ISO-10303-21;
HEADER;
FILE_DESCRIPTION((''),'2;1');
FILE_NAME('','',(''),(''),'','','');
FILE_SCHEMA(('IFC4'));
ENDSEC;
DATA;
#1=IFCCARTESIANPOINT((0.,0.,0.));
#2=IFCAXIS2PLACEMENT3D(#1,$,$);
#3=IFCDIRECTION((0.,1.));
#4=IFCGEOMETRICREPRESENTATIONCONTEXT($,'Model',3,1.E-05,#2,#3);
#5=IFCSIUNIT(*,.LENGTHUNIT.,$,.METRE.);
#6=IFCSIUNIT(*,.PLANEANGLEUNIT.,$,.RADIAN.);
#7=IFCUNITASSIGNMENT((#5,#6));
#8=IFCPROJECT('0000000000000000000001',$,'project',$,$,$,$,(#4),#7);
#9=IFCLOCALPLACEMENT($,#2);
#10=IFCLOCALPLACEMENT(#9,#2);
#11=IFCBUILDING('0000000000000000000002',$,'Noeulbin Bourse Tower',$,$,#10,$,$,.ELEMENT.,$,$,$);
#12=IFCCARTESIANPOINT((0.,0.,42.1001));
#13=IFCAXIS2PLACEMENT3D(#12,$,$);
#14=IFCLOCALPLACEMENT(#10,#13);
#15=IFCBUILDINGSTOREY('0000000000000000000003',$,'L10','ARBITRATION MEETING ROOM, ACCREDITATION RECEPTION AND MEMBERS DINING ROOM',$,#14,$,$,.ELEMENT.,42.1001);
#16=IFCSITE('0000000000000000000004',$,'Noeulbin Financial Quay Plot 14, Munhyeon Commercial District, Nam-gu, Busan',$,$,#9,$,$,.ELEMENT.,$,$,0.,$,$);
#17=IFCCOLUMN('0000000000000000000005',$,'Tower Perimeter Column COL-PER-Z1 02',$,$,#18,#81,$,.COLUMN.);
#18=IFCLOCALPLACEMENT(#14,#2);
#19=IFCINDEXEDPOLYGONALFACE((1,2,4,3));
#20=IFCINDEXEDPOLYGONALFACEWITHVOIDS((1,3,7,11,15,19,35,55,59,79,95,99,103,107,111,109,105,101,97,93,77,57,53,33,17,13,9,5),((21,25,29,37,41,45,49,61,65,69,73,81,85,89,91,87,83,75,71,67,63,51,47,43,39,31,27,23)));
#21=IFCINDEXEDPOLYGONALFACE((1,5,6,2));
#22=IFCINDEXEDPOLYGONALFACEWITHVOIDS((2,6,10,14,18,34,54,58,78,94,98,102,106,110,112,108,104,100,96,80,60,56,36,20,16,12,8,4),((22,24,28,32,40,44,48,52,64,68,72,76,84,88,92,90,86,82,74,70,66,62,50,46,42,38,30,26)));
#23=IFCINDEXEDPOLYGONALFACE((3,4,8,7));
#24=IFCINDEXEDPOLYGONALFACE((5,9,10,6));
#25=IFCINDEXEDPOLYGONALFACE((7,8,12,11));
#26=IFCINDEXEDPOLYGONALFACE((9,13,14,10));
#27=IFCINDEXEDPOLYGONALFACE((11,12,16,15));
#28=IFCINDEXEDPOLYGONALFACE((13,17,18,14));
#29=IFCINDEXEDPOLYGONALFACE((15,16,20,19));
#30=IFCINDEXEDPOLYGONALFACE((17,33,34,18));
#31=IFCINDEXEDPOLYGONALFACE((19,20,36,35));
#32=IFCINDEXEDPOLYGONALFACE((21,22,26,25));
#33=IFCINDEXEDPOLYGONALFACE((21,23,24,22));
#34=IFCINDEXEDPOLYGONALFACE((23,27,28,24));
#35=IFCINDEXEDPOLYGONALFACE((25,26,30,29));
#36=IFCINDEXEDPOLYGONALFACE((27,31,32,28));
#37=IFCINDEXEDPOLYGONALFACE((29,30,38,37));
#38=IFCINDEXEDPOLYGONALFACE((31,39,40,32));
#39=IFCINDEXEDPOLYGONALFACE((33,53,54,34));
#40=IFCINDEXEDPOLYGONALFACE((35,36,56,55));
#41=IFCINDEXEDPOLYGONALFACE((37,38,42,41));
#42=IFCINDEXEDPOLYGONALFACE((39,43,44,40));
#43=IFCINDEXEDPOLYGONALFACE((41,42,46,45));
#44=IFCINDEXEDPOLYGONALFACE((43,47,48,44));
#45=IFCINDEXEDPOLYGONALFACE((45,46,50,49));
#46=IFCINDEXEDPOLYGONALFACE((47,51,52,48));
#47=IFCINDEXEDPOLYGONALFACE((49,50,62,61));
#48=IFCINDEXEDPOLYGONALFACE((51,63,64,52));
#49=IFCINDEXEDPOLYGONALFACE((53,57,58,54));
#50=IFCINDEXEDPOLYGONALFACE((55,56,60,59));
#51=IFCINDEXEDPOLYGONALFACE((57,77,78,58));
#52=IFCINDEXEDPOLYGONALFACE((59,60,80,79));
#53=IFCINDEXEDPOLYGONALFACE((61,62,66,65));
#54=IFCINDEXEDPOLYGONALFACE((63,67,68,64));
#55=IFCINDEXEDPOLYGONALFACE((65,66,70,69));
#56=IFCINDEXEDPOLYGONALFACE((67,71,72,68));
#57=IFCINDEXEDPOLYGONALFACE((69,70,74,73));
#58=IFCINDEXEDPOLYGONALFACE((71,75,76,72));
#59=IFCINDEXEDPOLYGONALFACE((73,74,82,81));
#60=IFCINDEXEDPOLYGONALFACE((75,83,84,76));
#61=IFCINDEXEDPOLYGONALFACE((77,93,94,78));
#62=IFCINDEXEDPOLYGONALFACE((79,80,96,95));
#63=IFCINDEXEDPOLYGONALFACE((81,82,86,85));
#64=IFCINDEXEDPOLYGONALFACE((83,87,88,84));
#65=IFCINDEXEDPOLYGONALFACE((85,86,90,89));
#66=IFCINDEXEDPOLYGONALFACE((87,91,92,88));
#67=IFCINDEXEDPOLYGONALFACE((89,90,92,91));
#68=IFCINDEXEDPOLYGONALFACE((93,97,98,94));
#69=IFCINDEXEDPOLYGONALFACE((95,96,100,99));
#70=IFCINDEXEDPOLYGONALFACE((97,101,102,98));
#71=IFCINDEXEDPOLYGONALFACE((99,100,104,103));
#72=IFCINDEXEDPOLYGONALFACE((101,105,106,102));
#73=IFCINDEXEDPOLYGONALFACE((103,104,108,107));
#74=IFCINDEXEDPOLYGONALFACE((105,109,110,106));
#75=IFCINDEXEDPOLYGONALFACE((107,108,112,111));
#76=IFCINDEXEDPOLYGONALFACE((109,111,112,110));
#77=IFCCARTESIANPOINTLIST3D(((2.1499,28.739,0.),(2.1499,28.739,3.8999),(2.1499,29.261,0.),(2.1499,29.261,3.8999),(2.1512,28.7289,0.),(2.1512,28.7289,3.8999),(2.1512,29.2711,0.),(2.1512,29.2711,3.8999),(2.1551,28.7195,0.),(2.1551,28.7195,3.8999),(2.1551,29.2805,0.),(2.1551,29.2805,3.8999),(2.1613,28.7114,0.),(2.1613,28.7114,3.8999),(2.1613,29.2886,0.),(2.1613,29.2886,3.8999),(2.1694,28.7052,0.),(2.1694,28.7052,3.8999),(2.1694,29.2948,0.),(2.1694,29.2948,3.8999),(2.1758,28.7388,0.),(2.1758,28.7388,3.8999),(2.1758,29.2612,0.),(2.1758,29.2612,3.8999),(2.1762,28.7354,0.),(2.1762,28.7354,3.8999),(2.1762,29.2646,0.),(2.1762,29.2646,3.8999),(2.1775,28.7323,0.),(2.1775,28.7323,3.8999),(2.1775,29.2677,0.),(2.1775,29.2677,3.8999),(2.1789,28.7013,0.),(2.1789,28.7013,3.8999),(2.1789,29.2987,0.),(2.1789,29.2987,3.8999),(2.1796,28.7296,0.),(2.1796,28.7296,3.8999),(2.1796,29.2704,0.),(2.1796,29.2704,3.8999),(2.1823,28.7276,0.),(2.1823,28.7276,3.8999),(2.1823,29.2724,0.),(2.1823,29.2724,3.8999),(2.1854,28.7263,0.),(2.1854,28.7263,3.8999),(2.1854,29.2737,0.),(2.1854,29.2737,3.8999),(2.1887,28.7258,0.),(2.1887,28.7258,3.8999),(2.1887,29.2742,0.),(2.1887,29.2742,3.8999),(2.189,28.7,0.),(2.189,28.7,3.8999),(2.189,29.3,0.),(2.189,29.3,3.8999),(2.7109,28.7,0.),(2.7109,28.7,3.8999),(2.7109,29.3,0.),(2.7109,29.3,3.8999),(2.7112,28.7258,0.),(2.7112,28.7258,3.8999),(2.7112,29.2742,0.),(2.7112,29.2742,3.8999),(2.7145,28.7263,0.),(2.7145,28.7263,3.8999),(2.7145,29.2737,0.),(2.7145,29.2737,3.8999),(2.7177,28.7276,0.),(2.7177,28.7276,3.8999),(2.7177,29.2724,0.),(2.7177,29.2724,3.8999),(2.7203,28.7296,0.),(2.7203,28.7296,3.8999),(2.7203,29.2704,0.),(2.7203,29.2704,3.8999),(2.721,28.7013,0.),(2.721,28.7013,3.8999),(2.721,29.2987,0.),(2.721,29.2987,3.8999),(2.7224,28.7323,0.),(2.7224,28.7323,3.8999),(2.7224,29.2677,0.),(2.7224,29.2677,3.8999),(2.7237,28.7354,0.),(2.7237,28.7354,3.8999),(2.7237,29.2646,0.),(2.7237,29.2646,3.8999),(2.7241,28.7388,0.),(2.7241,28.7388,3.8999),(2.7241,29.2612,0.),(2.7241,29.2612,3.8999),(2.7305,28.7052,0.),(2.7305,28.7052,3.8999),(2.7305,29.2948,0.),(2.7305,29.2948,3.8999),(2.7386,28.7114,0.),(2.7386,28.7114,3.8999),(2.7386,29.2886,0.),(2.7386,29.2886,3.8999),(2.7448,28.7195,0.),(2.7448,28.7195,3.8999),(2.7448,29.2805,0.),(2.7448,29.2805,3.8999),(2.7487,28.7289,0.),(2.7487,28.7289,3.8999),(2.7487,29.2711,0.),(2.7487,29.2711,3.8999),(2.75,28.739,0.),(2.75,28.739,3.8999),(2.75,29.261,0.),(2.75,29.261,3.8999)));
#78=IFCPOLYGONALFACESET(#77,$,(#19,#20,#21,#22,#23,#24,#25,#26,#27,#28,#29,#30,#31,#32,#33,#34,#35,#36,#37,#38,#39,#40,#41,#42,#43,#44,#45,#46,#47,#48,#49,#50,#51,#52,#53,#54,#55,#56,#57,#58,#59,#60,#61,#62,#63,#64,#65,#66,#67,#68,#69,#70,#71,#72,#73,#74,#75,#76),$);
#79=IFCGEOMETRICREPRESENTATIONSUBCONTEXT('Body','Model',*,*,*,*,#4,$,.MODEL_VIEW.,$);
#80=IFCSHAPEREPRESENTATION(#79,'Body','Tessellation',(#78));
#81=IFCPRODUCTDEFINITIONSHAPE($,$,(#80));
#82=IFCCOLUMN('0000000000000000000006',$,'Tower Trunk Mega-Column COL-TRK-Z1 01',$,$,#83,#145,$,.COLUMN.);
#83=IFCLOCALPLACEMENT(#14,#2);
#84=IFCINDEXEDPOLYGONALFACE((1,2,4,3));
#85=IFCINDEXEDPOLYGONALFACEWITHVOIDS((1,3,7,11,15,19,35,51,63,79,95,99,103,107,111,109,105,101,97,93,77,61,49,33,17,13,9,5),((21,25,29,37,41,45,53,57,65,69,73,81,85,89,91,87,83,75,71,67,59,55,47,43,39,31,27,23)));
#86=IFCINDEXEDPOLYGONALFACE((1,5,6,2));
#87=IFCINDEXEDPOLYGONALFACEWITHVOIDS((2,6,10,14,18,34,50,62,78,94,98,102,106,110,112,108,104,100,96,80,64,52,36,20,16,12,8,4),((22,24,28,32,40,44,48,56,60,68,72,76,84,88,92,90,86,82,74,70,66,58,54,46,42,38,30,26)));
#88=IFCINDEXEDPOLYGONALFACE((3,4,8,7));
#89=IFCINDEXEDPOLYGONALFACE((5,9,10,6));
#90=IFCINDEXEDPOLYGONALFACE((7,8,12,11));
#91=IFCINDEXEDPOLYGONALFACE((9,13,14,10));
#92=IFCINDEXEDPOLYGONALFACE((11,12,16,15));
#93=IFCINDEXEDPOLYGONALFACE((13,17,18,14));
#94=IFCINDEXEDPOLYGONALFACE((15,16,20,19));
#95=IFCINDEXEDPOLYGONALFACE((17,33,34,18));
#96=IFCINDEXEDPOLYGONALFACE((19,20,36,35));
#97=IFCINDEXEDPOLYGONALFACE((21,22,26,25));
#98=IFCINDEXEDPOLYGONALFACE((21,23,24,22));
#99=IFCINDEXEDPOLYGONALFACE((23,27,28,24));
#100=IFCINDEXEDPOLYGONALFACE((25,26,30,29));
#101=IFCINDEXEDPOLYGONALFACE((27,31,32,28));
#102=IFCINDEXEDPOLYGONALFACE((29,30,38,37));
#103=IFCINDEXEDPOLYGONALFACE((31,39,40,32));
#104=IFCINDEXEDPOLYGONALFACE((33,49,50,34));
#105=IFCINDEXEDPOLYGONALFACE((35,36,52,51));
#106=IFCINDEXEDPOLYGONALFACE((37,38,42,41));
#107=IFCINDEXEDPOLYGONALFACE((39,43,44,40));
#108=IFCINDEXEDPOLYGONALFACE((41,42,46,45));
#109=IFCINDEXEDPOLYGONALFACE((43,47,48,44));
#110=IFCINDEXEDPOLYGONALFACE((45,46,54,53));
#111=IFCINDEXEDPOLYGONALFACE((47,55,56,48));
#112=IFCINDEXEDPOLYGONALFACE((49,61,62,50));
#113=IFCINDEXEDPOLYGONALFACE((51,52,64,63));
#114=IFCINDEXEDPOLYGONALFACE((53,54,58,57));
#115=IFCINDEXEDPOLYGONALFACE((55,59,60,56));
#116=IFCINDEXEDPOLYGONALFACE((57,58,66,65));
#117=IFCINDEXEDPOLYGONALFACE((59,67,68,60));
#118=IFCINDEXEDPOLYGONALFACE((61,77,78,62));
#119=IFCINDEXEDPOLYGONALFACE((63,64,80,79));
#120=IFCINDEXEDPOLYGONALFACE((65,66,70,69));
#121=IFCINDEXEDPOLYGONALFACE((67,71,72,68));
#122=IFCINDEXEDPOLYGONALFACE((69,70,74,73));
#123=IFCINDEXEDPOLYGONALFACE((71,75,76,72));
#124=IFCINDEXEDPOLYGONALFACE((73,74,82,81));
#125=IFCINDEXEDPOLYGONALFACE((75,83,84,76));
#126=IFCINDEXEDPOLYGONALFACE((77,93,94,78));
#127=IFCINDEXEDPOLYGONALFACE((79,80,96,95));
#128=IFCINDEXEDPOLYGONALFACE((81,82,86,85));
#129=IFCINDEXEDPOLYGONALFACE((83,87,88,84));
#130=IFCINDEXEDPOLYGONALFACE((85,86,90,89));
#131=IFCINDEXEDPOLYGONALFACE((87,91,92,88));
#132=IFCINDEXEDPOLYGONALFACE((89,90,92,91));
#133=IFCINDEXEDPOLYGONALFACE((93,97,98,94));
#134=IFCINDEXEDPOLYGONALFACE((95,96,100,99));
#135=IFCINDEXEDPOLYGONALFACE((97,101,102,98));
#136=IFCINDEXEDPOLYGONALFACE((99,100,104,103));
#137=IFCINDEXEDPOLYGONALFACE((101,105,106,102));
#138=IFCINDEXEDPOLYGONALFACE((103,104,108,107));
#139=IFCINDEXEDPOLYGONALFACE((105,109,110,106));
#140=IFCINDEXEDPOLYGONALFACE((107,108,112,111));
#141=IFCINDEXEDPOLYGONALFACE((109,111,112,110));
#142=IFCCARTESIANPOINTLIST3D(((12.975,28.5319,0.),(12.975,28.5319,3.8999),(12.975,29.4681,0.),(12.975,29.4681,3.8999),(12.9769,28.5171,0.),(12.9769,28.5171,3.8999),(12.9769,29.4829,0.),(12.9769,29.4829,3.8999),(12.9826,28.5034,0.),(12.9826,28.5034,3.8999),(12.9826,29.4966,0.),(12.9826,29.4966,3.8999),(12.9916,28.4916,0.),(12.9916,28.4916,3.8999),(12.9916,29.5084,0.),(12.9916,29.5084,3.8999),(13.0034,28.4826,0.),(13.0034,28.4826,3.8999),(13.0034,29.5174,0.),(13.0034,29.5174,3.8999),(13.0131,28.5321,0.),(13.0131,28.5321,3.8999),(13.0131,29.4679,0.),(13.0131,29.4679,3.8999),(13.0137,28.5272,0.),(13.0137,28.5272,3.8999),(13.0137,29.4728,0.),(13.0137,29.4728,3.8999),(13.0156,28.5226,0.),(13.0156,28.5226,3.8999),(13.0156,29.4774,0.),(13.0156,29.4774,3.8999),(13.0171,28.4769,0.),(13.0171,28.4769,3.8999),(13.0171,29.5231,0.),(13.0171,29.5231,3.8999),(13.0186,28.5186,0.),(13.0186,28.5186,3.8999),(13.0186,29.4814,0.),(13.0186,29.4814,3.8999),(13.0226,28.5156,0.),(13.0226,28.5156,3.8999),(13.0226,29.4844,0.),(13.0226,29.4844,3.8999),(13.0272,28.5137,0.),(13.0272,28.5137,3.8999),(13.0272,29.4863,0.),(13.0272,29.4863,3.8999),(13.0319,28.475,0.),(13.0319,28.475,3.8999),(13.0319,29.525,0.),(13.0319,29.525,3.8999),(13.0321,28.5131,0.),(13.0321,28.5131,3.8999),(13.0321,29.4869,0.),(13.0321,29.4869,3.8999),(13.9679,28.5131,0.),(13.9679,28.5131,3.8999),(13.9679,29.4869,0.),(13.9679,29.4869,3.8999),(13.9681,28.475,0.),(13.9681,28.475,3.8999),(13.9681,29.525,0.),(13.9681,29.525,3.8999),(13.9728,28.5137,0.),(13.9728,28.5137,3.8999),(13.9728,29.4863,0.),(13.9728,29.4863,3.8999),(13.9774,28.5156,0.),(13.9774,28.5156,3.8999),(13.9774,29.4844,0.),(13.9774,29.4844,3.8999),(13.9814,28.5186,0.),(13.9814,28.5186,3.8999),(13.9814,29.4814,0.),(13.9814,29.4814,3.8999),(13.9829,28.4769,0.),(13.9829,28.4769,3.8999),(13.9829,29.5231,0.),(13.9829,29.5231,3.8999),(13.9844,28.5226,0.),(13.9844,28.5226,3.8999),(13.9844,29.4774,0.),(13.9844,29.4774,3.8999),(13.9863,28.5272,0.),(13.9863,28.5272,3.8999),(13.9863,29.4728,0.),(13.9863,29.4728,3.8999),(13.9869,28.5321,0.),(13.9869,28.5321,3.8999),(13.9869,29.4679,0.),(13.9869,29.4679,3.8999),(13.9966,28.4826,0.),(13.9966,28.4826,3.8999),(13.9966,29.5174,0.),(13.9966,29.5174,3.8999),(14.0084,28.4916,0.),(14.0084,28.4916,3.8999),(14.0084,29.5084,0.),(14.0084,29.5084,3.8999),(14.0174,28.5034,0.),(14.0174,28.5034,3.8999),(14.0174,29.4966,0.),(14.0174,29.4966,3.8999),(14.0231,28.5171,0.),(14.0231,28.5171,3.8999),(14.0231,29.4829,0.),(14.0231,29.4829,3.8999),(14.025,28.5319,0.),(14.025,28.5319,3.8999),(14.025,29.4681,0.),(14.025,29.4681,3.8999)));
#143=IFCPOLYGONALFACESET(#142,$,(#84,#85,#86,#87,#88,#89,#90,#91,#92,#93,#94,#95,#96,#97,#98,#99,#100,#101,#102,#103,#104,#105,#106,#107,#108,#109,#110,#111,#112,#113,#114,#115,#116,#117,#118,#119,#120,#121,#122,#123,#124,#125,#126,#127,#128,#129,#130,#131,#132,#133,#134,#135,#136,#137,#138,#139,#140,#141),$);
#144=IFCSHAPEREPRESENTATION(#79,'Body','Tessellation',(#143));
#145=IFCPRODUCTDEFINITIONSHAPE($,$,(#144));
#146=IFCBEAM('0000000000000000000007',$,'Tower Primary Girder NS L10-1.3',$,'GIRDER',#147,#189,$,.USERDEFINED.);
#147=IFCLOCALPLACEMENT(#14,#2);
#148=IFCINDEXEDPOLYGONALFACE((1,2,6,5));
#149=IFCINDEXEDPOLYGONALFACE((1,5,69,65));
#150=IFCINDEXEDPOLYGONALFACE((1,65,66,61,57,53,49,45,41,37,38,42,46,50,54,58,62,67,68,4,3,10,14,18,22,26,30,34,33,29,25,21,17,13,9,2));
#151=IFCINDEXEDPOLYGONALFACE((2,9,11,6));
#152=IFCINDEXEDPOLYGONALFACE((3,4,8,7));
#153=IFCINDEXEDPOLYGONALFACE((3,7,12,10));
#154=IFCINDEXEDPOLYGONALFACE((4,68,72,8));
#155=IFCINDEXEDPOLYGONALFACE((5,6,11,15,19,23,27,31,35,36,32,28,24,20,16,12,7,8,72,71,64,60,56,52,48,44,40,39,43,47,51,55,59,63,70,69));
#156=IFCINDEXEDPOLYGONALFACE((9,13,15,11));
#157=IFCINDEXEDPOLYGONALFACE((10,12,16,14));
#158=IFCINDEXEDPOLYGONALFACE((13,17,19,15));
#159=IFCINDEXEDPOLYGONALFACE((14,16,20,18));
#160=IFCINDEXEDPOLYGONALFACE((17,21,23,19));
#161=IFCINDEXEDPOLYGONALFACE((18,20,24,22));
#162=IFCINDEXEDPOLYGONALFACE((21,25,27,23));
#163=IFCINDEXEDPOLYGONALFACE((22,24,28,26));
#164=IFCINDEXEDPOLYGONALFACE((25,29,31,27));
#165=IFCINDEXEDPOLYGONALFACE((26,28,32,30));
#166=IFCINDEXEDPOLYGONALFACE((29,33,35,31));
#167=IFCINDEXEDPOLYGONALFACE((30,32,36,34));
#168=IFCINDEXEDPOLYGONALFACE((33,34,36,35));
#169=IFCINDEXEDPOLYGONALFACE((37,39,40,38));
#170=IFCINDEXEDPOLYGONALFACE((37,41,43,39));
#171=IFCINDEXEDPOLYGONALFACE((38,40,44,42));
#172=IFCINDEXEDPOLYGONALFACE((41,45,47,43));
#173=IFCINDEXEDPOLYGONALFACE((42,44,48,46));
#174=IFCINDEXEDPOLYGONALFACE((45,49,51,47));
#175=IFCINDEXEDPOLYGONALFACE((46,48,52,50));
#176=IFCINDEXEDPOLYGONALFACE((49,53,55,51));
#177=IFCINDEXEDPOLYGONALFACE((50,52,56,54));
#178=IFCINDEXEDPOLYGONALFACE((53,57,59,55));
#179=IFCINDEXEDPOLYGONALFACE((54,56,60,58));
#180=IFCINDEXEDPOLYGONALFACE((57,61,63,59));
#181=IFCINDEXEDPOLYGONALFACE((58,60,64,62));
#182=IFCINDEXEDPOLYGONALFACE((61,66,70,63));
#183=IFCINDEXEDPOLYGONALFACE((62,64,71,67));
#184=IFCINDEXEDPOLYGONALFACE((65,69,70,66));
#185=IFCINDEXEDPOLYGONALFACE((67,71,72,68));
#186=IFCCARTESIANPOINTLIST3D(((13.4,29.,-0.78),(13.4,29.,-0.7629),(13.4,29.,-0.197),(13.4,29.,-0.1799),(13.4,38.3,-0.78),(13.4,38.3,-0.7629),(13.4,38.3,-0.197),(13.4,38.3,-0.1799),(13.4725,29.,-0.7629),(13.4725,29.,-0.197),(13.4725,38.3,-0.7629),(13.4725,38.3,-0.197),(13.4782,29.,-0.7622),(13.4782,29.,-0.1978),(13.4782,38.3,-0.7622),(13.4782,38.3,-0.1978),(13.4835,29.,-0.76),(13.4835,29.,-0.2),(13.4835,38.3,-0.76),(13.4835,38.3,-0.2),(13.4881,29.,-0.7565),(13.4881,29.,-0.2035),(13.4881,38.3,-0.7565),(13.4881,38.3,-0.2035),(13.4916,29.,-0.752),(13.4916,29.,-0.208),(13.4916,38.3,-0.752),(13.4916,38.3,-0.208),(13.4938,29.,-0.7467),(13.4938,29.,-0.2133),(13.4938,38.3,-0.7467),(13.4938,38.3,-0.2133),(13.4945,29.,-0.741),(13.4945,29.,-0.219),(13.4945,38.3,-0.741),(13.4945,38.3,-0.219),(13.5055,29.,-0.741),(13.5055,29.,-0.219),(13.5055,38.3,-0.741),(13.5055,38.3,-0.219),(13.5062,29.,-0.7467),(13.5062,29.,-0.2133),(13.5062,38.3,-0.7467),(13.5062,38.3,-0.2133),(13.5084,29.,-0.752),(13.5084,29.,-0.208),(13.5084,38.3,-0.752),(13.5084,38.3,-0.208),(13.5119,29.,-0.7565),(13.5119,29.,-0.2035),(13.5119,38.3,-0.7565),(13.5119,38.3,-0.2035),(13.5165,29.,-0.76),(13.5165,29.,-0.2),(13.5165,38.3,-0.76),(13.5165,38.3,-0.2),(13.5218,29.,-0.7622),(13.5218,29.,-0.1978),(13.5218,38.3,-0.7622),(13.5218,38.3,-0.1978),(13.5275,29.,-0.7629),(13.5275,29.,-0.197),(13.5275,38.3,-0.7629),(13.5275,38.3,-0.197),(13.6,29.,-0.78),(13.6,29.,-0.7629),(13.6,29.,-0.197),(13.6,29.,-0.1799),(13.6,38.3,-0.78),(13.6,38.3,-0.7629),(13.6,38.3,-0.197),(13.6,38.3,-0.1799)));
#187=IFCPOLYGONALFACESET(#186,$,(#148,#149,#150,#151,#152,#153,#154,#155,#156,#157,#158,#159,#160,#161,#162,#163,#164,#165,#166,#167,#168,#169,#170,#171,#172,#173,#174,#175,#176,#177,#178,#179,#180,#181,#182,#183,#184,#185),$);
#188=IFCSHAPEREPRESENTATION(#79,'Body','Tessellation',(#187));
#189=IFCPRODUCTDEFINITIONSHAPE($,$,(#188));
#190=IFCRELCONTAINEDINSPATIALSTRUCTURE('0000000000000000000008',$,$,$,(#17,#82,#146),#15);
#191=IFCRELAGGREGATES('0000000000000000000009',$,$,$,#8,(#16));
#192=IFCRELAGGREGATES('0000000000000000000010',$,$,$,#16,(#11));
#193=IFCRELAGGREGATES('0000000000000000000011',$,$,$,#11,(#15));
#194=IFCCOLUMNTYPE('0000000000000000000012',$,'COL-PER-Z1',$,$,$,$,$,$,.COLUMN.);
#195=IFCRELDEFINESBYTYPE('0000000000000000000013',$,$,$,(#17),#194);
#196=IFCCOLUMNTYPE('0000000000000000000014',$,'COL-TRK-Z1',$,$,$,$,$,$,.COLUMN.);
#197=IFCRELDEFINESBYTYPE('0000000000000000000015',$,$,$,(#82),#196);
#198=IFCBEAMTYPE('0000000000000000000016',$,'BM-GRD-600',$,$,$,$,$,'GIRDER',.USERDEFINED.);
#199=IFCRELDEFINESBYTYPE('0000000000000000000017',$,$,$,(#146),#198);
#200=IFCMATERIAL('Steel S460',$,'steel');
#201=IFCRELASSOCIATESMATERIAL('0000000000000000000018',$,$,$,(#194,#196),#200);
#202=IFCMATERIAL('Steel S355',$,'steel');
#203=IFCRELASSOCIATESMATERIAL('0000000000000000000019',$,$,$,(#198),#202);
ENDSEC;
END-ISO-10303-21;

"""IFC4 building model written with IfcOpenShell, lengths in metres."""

from ifc_helpers import new_model, si_unit, direction, frame, origin, origin_2d, place, context, subcontext, project, spatial, hollow_rectangle, i_section, extrude, material, material_profile, profile_set, type_object, element, save


model = new_model("IFC4")

# Units and contexts
model_context = context("Model", 3, precision=1e-05, world=origin(), true_north=direction((0.0, 1.0)))
body_context = subcontext(model_context, "Body", "Model", "MODEL_VIEW")
ifc_project = project(units=[si_unit("LENGTHUNIT", "METRE"), si_unit("PLANEANGLEUNIT", "RADIAN")], contexts=[model_context])

# Site, building, storey
site_placement = place(None, origin())
site = spatial("IfcSite", under=ifc_project, at=site_placement, Name="Noeulbin Financial Quay Plot 14, Munhyeon Commercial District, Nam-gu, Busan", CompositionType="ELEMENT", RefElevation=0.0)
building_placement = place(site_placement, origin())
building = spatial("IfcBuilding", under=site, at=building_placement, Name="Noeulbin Bourse Tower", CompositionType="ELEMENT")
storey_placement = place(building_placement, frame((0.0, 0.0, 42.1001)))
storey = spatial("IfcBuildingStorey", under=building, at=storey_placement, Name="L10", Description="ARBITRATION MEETING ROOM, ACCREDITATION RECEPTION AND MEMBERS DINING ROOM", CompositionType="ELEMENT", Elevation=42.1001)

# Columns
ifc_material_1 = material(Name="Steel S460", Category="steel")
ifc_material_profile_1 = material_profile(ifc_material_1, hollow_rectangle(XDim=0.6001, YDim=0.6001, WallThickness=0.0259, InnerFilletRadius=0.0129, OuterFilletRadius=0.0391, at=origin_2d()), Name="BOX-600x600x26", Category="LoadBearing")
ifc_profile_set_1 = profile_set([ifc_material_profile_1], Name="Steel S460")
column_type_1 = type_object("IfcColumnType", Name="COL-PER-Z1", PredefinedType="COLUMN", material=ifc_profile_set_1)
column_1_placement = place(storey_placement, frame((2.45, 29.0, 0.0), z_axis=(0.0, 0.0, 1.0), x_axis=(1.0, 0.0, 0.0)))
element("IfcColumn", 1, at=column_1_placement, inside=storey, type_object=column_type_1, Name="Tower Perimeter Column COL-PER-Z1 02", PredefinedType="COLUMN", context=body_context, shape_type="SweptSolid", body=[
    extrude(hollow_rectangle(XDim=0.6001, YDim=0.6001, WallThickness=0.0259, InnerFilletRadius=0.0129, OuterFilletRadius=0.0391, at=origin_2d()), origin(), (0.0, 0.0, 1.0), 3.8999),
])
ifc_material_profile_2 = material_profile(ifc_material_1, hollow_rectangle(XDim=1.05, YDim=1.05, WallThickness=0.0381, InnerFilletRadius=0.019, OuterFilletRadius=0.0569, at=origin_2d()), Name="BOX-1050x1050x38", Category="LoadBearing")
ifc_profile_set_2 = profile_set([ifc_material_profile_2], Name="Steel S460")
column_type_2 = type_object("IfcColumnType", Name="COL-TRK-Z1", PredefinedType="COLUMN", material=ifc_profile_set_2)
column_2_placement = place(storey_placement, frame((13.5, 29.0, 0.0), z_axis=(0.0, 0.0, 1.0), x_axis=(1.0, 0.0, 0.0)))
element("IfcColumn", 2, at=column_2_placement, inside=storey, type_object=column_type_2, Name="Tower Trunk Mega-Column COL-TRK-Z1 01", PredefinedType="COLUMN", context=body_context, shape_type="SweptSolid", body=[
    extrude(hollow_rectangle(XDim=1.05, YDim=1.05, WallThickness=0.0381, InnerFilletRadius=0.019, OuterFilletRadius=0.0569, at=origin_2d()), origin(), (0.0, 0.0, 1.0), 3.8999),
])

# Beam
ifc_material_2 = material(Name="Steel S355", Category="steel")
ifc_material_profile_3 = material_profile(ifc_material_2, i_section(OverallWidth=0.2, OverallDepth=0.6001, WebThickness=0.011, FlangeThickness=0.0171, FilletRadius=0.022, at=origin_2d()), Name="H-600x200x11x17", Category="LoadBearing")
ifc_profile_set_3 = profile_set([ifc_material_profile_3], Name="Steel S355")
beam_type_1 = type_object("IfcBeamType", Name="BM-GRD-600", ElementType="GIRDER", PredefinedType="USERDEFINED", material=ifc_profile_set_3)
beam_1_placement = place(storey_placement, frame((13.5, 29.0, -0.48), z_axis=(0.0, 1.0, 0.0), x_axis=(-1.0, 0.0, 0.0)))
element("IfcBeam", 3, at=beam_1_placement, inside=storey, type_object=beam_type_1, Name="Tower Primary Girder NS L10-1.3", ObjectType="GIRDER", PredefinedType="USERDEFINED", context=body_context, shape_type="SweptSolid", body=[
    extrude(i_section(OverallWidth=0.2, OverallDepth=0.6001, WebThickness=0.011, FlangeThickness=0.0171, FilletRadius=0.022, at=origin_2d()), origin(), (0.0, 0.0, 1.0), 9.3),
])

save(model, "model.ifc")
